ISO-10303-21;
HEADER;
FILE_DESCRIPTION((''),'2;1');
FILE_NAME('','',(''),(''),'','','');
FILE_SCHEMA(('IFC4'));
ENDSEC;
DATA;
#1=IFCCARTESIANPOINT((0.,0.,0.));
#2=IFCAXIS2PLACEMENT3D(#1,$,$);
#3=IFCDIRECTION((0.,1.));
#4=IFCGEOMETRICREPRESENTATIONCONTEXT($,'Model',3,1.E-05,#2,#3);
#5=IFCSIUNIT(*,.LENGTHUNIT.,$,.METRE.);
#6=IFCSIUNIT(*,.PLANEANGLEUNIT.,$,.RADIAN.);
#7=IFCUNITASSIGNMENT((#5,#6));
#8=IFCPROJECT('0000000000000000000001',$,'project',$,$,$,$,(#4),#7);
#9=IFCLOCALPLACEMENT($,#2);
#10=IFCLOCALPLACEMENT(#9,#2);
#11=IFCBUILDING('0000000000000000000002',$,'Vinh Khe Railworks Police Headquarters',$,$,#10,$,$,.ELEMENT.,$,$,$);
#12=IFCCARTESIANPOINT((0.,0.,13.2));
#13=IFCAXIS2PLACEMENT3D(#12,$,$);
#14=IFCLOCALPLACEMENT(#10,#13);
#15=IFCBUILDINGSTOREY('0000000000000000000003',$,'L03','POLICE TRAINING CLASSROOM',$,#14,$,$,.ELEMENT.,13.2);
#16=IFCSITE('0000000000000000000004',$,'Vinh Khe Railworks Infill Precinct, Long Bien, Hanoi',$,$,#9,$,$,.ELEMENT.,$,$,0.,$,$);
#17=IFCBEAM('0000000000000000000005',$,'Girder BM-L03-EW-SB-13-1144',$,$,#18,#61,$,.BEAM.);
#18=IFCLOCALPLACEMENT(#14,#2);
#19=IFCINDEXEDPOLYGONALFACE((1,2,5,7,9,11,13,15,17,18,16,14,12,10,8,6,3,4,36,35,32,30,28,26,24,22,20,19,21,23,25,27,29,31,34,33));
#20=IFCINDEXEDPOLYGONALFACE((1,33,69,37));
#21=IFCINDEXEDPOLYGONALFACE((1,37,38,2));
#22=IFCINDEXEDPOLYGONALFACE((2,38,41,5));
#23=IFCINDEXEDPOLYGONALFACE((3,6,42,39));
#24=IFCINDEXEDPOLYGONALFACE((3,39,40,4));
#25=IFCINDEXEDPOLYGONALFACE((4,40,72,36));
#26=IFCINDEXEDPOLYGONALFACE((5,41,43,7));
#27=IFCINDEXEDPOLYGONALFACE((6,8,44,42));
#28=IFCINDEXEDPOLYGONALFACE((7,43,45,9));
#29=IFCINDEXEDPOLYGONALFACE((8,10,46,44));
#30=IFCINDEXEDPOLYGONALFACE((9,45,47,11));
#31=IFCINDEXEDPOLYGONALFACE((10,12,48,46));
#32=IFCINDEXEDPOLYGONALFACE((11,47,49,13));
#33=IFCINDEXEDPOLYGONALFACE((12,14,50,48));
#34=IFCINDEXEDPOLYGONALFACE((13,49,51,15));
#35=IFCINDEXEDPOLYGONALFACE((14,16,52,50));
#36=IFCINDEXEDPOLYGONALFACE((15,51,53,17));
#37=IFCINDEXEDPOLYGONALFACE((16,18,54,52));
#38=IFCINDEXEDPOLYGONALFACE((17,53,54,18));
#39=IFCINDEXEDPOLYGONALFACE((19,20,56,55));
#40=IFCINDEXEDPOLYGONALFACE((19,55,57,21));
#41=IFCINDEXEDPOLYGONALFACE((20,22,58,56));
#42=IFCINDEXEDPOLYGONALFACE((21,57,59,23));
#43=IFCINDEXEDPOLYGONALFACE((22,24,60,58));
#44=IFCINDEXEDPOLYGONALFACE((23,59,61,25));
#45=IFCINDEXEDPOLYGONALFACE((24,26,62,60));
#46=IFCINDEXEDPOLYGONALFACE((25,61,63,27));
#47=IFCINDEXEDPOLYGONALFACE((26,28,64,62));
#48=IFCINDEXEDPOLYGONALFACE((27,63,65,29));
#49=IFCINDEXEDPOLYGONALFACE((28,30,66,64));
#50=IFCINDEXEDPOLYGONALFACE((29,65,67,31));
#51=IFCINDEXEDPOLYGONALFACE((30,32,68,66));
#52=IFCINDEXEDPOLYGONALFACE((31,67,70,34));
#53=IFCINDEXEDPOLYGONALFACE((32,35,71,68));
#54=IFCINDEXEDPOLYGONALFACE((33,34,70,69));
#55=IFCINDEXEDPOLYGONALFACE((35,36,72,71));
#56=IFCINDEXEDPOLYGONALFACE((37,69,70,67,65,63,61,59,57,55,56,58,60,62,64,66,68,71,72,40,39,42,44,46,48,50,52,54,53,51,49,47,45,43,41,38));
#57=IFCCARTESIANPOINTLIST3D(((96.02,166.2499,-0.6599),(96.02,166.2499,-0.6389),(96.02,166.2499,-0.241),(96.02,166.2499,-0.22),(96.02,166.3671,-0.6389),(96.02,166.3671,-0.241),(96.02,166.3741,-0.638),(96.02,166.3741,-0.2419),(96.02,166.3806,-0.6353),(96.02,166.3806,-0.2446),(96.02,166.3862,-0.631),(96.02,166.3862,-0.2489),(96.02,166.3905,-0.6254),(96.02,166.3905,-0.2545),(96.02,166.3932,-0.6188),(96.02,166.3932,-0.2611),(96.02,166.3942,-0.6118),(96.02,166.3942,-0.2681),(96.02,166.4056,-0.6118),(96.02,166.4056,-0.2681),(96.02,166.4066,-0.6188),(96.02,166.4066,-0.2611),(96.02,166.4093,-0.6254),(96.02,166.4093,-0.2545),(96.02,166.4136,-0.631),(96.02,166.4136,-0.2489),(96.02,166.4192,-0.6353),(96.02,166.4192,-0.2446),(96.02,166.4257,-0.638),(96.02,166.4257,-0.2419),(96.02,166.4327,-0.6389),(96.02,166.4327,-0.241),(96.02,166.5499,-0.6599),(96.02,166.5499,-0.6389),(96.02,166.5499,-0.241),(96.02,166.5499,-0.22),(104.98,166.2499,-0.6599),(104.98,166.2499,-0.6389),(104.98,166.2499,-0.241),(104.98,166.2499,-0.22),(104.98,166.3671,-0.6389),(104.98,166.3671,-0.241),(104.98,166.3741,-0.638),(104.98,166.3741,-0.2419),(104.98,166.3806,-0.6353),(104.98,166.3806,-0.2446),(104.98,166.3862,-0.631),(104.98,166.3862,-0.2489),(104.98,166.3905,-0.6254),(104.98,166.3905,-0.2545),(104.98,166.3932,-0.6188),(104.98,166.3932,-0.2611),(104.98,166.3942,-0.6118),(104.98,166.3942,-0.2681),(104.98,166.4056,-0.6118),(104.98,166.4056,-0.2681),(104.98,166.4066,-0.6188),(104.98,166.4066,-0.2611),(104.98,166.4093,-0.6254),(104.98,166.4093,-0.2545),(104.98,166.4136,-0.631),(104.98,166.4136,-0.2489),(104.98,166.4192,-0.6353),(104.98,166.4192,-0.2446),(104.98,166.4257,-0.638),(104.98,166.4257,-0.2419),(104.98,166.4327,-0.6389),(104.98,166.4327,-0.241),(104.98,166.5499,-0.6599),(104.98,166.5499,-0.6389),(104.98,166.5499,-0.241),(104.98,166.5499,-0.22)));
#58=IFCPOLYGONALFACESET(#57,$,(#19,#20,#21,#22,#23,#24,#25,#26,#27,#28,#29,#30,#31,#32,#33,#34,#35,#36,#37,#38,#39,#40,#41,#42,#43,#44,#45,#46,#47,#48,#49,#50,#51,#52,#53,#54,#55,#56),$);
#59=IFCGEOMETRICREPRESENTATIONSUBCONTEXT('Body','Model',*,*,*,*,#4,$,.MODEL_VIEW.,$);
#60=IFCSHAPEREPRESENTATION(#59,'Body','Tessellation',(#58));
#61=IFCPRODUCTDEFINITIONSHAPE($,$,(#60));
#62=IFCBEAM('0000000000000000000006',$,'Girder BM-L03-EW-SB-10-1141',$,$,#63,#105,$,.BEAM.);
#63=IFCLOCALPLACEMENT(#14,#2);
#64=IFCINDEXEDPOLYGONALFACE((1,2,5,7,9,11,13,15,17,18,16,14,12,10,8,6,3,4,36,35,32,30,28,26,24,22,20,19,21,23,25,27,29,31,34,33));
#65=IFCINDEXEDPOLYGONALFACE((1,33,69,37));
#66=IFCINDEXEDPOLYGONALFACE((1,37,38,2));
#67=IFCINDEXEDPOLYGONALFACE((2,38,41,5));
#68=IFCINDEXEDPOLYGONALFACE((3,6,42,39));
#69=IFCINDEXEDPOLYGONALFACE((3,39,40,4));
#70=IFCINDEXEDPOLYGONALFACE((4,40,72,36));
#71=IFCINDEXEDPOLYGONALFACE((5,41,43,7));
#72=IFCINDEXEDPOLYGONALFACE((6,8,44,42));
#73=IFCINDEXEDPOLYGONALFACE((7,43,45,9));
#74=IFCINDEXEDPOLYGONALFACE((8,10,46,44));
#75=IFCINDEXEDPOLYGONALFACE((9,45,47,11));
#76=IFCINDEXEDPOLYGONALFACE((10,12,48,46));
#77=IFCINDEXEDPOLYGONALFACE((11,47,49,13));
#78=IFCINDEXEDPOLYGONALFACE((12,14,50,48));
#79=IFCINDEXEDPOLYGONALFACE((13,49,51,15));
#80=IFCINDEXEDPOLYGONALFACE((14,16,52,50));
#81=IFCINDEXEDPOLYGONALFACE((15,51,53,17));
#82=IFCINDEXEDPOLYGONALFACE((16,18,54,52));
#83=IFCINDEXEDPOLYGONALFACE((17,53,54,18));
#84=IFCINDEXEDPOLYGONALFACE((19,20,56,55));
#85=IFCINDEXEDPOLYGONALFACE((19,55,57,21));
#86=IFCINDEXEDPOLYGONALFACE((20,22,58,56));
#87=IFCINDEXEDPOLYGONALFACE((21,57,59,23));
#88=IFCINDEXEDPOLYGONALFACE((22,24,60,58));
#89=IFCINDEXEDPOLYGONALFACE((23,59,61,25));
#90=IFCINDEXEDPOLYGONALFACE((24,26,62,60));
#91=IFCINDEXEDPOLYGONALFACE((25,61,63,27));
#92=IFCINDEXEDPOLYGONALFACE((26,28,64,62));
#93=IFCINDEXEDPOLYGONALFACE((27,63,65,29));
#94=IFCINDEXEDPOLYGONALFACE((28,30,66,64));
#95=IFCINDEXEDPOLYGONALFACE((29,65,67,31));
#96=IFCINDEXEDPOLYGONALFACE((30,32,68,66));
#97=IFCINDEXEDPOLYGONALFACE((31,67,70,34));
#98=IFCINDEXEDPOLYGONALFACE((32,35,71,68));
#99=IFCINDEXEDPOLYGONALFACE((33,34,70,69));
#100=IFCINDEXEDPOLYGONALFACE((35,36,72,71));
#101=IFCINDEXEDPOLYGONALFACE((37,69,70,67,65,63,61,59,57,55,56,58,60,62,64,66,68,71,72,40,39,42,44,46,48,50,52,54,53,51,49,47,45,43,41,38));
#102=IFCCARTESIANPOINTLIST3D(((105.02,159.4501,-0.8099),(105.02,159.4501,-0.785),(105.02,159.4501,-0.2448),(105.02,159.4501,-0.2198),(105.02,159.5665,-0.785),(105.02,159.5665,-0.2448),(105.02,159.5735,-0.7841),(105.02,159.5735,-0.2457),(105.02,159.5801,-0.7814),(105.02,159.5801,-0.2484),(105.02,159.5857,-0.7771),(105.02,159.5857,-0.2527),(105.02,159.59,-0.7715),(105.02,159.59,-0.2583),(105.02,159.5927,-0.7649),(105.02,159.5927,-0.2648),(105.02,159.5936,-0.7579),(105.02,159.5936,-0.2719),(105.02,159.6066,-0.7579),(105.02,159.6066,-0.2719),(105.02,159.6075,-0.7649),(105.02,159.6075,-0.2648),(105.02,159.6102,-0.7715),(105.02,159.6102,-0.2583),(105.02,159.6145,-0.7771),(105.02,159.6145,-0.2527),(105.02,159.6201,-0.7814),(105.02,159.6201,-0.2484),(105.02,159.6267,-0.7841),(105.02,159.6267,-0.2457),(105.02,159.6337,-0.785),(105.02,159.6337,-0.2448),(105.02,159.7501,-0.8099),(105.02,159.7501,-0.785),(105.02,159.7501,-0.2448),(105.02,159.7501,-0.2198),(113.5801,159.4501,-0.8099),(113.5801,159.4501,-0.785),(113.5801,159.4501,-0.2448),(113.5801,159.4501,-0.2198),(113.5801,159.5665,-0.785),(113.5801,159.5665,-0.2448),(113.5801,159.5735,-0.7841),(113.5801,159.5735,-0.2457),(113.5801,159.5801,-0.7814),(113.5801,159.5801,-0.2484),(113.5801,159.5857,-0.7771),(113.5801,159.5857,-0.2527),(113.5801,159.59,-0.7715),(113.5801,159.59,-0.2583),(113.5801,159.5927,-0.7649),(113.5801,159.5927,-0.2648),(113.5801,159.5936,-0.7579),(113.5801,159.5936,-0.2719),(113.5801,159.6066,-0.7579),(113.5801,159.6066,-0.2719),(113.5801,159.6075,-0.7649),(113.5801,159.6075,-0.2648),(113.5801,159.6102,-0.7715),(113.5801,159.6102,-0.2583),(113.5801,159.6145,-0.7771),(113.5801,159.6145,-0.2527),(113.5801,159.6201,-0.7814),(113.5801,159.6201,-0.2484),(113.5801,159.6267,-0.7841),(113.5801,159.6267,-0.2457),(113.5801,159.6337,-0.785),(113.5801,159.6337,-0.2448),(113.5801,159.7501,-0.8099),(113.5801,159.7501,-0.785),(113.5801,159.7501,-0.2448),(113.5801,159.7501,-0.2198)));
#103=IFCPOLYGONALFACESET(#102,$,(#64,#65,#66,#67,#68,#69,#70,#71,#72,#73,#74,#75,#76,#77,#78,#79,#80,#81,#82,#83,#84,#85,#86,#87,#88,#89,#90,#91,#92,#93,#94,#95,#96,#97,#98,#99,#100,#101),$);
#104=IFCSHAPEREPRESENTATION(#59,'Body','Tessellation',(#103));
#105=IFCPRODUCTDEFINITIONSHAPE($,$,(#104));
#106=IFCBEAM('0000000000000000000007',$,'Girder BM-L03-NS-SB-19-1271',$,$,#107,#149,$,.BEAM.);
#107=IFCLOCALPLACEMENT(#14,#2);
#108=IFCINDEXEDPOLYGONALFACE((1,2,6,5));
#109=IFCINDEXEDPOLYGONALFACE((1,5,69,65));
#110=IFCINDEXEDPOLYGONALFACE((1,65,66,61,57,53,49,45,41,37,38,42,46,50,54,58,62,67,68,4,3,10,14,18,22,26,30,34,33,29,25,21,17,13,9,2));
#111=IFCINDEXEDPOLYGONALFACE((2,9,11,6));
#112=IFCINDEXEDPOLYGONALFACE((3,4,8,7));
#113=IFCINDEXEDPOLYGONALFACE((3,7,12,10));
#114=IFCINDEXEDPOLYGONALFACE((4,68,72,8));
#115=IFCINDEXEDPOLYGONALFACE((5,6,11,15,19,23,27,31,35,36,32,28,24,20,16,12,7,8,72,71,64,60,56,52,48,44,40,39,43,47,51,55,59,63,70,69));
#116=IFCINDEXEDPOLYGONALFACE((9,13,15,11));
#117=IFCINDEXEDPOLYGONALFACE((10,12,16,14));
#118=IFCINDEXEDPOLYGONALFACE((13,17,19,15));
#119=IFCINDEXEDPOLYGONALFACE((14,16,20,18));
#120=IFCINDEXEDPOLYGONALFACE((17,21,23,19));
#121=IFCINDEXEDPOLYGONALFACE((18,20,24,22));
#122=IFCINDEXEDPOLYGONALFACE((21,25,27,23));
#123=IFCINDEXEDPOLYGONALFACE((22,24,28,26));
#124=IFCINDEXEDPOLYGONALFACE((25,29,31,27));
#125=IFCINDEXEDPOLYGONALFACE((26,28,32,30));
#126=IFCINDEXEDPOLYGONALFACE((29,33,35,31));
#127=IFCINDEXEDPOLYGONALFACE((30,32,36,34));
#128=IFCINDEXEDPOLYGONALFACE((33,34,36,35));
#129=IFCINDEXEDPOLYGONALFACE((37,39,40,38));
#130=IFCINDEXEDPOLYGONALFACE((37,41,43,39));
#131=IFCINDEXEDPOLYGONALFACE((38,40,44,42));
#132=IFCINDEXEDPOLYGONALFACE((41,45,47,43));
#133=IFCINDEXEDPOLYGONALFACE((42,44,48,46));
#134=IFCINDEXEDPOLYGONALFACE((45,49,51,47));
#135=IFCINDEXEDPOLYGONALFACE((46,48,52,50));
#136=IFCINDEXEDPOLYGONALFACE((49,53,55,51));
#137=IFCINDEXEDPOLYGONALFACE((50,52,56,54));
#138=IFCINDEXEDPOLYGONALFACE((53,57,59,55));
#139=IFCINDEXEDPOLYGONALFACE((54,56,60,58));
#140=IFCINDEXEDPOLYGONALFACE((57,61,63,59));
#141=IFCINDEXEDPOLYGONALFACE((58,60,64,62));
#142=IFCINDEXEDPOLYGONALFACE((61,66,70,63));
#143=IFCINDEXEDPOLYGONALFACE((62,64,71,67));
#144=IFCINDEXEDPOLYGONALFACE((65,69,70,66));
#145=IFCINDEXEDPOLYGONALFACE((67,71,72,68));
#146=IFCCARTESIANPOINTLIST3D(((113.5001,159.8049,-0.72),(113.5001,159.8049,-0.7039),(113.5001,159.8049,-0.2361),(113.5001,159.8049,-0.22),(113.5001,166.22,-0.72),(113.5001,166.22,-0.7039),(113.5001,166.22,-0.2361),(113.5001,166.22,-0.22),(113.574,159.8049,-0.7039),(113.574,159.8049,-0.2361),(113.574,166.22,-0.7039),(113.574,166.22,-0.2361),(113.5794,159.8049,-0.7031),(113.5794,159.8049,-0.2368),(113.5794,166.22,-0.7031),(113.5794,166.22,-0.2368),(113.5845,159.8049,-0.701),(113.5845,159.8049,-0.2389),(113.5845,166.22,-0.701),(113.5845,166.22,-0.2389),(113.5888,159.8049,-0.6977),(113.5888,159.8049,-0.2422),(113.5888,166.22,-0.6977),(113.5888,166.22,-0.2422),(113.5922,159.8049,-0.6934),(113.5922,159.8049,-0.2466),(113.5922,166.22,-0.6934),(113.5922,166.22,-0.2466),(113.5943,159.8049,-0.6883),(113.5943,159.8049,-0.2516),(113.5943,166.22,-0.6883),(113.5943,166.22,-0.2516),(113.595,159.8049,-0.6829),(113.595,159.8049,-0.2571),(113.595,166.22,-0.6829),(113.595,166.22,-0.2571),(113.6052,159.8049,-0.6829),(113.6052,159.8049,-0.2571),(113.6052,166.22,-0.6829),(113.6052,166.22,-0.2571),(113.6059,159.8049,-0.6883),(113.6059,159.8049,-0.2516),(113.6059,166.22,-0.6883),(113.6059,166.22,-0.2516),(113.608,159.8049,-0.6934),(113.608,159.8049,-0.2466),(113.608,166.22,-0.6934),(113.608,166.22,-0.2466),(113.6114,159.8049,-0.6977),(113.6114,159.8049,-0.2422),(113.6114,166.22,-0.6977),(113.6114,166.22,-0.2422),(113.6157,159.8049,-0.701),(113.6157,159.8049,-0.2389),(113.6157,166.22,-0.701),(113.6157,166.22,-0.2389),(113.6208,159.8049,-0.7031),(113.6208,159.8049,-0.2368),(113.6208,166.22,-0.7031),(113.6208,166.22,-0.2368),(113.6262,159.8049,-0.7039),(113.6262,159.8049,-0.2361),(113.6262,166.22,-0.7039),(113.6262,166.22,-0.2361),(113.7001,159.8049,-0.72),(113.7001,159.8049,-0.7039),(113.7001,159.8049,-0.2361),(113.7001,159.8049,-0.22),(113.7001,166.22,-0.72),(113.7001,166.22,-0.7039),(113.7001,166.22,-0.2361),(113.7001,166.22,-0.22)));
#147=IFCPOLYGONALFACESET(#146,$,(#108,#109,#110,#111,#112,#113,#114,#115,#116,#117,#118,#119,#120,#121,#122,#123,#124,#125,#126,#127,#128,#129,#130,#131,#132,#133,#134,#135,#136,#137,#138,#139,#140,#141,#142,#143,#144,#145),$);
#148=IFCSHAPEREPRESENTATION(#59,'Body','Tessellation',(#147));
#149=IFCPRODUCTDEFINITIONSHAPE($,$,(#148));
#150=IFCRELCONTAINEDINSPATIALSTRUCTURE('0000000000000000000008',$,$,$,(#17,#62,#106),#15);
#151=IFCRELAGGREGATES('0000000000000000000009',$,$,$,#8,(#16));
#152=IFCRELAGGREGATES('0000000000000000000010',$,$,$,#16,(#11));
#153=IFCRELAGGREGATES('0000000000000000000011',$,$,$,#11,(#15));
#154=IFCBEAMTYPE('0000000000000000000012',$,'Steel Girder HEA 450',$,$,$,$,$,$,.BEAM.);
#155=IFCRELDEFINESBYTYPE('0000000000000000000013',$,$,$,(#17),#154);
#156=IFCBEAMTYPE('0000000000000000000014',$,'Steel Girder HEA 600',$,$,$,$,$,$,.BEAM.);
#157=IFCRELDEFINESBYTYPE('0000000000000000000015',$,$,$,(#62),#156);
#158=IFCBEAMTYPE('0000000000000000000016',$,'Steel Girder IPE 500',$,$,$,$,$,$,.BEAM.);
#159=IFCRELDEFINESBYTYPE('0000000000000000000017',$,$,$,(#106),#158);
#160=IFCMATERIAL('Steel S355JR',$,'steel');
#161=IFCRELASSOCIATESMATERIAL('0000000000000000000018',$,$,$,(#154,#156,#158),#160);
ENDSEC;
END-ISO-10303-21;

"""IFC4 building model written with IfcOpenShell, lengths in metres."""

from ifc_helpers import new_model, si_unit, direction, frame, origin, origin_2d, place, context, subcontext, project, spatial, i_section, extrude, material, material_profile, profile_set, type_object, element, save


model = new_model("IFC4")

# Units and contexts
model_context = context("Model", 3, precision=1e-05, world=origin(), true_north=direction((0.0, 1.0)))
body_context = subcontext(model_context, "Body", "Model", "MODEL_VIEW")
ifc_project = project(units=[si_unit("LENGTHUNIT", "METRE"), si_unit("PLANEANGLEUNIT", "RADIAN")], contexts=[model_context])

# Site, building, storey
site_placement = place(None, origin())
site = spatial("IfcSite", under=ifc_project, at=site_placement, Name="Vinh Khe Railworks Infill Precinct, Long Bien, Hanoi", CompositionType="ELEMENT", RefElevation=0.0)
building_placement = place(site_placement, origin())
building = spatial("IfcBuilding", under=site, at=building_placement, Name="Vinh Khe Railworks Police Headquarters", CompositionType="ELEMENT")
storey_placement = place(building_placement, frame((0.0, 0.0, 13.2)))
storey = spatial("IfcBuildingStorey", under=building, at=storey_placement, Name="L03", Description="POLICE TRAINING CLASSROOM", CompositionType="ELEMENT", Elevation=13.2)

# Shared definitions
ifc_material_1 = material(Name="Steel S355JR", Category="steel")

# Beams
ifc_material_profile_1 = material_profile(ifc_material_1, i_section(OverallWidth=0.3, OverallDepth=0.4399, WebThickness=0.0115, FlangeThickness=0.021, FilletRadius=0.0271, at=origin_2d()), Name="HEA 450")
ifc_profile_set_1 = profile_set([ifc_material_profile_1], Name="Steel S355JR")
beam_type_1 = type_object("IfcBeamType", Name="Steel Girder HEA 450", PredefinedType="BEAM", material=ifc_profile_set_1)
beam_1_placement = place(storey_placement, frame((96.02, 166.3999, -0.4399), z_axis=(1.0, 0.0, 0.0), x_axis=(0.0, 1.0, 0.0)))
element("IfcBeam", 1, at=beam_1_placement, inside=storey, type_object=beam_type_1, Name="Girder BM-L03-EW-SB-13-1144", PredefinedType="BEAM", context=body_context, shape_type="SweptSolid", body=[
    extrude(i_section(OverallWidth=0.3, OverallDepth=0.4399, WebThickness=0.0115, FlangeThickness=0.021, FilletRadius=0.0271, at=origin_2d()), origin(), (0.0, 0.0, 1.0), 8.96),
])
ifc_material_profile_2 = material_profile(ifc_material_1, i_section(OverallWidth=0.3, OverallDepth=0.5901, WebThickness=0.0129, FlangeThickness=0.0249, FilletRadius=0.0271, at=origin_2d()), Name="HEA 600")
ifc_profile_set_2 = profile_set([ifc_material_profile_2], Name="Steel S355JR")
beam_type_2 = type_object("IfcBeamType", Name="Steel Girder HEA 600", PredefinedType="BEAM", material=ifc_profile_set_2)
beam_2_placement = place(storey_placement, frame((105.02, 159.6001, -0.5149), z_axis=(1.0, 0.0, 0.0), x_axis=(0.0, 1.0, 0.0)))
element("IfcBeam", 2, at=beam_2_placement, inside=storey, type_object=beam_type_2, Name="Girder BM-L03-EW-SB-10-1141", PredefinedType="BEAM", context=body_context, shape_type="SweptSolid", body=[
    extrude(i_section(OverallWidth=0.3, OverallDepth=0.5901, WebThickness=0.0129, FlangeThickness=0.0249, FilletRadius=0.0271, at=origin_2d()), origin(), (0.0, 0.0, 1.0), 8.5601),
])
ifc_material_profile_3 = material_profile(ifc_material_1, i_section(OverallWidth=0.2, OverallDepth=0.5, WebThickness=0.0103, FlangeThickness=0.0161, FilletRadius=0.021, at=origin_2d()), Name="IPE 500")
ifc_profile_set_3 = profile_set([ifc_material_profile_3], Name="Steel S355JR")
beam_type_3 = type_object("IfcBeamType", Name="Steel Girder IPE 500", PredefinedType="BEAM", material=ifc_profile_set_3)
beam_3_placement = place(storey_placement, frame((113.6001, 159.8049, -0.47), z_axis=(0.0, 1.0, 0.0), x_axis=(-1.0, 0.0, 0.0)))
element("IfcBeam", 3, at=beam_3_placement, inside=storey, type_object=beam_type_3, Name="Girder BM-L03-NS-SB-19-1271", PredefinedType="BEAM", context=body_context, shape_type="SweptSolid", body=[
    extrude(i_section(OverallWidth=0.2, OverallDepth=0.5, WebThickness=0.0103, FlangeThickness=0.0161, FilletRadius=0.021, at=origin_2d()), origin(), (0.0, 0.0, 1.0), 6.415),
])

save(model, "model.ifc")
